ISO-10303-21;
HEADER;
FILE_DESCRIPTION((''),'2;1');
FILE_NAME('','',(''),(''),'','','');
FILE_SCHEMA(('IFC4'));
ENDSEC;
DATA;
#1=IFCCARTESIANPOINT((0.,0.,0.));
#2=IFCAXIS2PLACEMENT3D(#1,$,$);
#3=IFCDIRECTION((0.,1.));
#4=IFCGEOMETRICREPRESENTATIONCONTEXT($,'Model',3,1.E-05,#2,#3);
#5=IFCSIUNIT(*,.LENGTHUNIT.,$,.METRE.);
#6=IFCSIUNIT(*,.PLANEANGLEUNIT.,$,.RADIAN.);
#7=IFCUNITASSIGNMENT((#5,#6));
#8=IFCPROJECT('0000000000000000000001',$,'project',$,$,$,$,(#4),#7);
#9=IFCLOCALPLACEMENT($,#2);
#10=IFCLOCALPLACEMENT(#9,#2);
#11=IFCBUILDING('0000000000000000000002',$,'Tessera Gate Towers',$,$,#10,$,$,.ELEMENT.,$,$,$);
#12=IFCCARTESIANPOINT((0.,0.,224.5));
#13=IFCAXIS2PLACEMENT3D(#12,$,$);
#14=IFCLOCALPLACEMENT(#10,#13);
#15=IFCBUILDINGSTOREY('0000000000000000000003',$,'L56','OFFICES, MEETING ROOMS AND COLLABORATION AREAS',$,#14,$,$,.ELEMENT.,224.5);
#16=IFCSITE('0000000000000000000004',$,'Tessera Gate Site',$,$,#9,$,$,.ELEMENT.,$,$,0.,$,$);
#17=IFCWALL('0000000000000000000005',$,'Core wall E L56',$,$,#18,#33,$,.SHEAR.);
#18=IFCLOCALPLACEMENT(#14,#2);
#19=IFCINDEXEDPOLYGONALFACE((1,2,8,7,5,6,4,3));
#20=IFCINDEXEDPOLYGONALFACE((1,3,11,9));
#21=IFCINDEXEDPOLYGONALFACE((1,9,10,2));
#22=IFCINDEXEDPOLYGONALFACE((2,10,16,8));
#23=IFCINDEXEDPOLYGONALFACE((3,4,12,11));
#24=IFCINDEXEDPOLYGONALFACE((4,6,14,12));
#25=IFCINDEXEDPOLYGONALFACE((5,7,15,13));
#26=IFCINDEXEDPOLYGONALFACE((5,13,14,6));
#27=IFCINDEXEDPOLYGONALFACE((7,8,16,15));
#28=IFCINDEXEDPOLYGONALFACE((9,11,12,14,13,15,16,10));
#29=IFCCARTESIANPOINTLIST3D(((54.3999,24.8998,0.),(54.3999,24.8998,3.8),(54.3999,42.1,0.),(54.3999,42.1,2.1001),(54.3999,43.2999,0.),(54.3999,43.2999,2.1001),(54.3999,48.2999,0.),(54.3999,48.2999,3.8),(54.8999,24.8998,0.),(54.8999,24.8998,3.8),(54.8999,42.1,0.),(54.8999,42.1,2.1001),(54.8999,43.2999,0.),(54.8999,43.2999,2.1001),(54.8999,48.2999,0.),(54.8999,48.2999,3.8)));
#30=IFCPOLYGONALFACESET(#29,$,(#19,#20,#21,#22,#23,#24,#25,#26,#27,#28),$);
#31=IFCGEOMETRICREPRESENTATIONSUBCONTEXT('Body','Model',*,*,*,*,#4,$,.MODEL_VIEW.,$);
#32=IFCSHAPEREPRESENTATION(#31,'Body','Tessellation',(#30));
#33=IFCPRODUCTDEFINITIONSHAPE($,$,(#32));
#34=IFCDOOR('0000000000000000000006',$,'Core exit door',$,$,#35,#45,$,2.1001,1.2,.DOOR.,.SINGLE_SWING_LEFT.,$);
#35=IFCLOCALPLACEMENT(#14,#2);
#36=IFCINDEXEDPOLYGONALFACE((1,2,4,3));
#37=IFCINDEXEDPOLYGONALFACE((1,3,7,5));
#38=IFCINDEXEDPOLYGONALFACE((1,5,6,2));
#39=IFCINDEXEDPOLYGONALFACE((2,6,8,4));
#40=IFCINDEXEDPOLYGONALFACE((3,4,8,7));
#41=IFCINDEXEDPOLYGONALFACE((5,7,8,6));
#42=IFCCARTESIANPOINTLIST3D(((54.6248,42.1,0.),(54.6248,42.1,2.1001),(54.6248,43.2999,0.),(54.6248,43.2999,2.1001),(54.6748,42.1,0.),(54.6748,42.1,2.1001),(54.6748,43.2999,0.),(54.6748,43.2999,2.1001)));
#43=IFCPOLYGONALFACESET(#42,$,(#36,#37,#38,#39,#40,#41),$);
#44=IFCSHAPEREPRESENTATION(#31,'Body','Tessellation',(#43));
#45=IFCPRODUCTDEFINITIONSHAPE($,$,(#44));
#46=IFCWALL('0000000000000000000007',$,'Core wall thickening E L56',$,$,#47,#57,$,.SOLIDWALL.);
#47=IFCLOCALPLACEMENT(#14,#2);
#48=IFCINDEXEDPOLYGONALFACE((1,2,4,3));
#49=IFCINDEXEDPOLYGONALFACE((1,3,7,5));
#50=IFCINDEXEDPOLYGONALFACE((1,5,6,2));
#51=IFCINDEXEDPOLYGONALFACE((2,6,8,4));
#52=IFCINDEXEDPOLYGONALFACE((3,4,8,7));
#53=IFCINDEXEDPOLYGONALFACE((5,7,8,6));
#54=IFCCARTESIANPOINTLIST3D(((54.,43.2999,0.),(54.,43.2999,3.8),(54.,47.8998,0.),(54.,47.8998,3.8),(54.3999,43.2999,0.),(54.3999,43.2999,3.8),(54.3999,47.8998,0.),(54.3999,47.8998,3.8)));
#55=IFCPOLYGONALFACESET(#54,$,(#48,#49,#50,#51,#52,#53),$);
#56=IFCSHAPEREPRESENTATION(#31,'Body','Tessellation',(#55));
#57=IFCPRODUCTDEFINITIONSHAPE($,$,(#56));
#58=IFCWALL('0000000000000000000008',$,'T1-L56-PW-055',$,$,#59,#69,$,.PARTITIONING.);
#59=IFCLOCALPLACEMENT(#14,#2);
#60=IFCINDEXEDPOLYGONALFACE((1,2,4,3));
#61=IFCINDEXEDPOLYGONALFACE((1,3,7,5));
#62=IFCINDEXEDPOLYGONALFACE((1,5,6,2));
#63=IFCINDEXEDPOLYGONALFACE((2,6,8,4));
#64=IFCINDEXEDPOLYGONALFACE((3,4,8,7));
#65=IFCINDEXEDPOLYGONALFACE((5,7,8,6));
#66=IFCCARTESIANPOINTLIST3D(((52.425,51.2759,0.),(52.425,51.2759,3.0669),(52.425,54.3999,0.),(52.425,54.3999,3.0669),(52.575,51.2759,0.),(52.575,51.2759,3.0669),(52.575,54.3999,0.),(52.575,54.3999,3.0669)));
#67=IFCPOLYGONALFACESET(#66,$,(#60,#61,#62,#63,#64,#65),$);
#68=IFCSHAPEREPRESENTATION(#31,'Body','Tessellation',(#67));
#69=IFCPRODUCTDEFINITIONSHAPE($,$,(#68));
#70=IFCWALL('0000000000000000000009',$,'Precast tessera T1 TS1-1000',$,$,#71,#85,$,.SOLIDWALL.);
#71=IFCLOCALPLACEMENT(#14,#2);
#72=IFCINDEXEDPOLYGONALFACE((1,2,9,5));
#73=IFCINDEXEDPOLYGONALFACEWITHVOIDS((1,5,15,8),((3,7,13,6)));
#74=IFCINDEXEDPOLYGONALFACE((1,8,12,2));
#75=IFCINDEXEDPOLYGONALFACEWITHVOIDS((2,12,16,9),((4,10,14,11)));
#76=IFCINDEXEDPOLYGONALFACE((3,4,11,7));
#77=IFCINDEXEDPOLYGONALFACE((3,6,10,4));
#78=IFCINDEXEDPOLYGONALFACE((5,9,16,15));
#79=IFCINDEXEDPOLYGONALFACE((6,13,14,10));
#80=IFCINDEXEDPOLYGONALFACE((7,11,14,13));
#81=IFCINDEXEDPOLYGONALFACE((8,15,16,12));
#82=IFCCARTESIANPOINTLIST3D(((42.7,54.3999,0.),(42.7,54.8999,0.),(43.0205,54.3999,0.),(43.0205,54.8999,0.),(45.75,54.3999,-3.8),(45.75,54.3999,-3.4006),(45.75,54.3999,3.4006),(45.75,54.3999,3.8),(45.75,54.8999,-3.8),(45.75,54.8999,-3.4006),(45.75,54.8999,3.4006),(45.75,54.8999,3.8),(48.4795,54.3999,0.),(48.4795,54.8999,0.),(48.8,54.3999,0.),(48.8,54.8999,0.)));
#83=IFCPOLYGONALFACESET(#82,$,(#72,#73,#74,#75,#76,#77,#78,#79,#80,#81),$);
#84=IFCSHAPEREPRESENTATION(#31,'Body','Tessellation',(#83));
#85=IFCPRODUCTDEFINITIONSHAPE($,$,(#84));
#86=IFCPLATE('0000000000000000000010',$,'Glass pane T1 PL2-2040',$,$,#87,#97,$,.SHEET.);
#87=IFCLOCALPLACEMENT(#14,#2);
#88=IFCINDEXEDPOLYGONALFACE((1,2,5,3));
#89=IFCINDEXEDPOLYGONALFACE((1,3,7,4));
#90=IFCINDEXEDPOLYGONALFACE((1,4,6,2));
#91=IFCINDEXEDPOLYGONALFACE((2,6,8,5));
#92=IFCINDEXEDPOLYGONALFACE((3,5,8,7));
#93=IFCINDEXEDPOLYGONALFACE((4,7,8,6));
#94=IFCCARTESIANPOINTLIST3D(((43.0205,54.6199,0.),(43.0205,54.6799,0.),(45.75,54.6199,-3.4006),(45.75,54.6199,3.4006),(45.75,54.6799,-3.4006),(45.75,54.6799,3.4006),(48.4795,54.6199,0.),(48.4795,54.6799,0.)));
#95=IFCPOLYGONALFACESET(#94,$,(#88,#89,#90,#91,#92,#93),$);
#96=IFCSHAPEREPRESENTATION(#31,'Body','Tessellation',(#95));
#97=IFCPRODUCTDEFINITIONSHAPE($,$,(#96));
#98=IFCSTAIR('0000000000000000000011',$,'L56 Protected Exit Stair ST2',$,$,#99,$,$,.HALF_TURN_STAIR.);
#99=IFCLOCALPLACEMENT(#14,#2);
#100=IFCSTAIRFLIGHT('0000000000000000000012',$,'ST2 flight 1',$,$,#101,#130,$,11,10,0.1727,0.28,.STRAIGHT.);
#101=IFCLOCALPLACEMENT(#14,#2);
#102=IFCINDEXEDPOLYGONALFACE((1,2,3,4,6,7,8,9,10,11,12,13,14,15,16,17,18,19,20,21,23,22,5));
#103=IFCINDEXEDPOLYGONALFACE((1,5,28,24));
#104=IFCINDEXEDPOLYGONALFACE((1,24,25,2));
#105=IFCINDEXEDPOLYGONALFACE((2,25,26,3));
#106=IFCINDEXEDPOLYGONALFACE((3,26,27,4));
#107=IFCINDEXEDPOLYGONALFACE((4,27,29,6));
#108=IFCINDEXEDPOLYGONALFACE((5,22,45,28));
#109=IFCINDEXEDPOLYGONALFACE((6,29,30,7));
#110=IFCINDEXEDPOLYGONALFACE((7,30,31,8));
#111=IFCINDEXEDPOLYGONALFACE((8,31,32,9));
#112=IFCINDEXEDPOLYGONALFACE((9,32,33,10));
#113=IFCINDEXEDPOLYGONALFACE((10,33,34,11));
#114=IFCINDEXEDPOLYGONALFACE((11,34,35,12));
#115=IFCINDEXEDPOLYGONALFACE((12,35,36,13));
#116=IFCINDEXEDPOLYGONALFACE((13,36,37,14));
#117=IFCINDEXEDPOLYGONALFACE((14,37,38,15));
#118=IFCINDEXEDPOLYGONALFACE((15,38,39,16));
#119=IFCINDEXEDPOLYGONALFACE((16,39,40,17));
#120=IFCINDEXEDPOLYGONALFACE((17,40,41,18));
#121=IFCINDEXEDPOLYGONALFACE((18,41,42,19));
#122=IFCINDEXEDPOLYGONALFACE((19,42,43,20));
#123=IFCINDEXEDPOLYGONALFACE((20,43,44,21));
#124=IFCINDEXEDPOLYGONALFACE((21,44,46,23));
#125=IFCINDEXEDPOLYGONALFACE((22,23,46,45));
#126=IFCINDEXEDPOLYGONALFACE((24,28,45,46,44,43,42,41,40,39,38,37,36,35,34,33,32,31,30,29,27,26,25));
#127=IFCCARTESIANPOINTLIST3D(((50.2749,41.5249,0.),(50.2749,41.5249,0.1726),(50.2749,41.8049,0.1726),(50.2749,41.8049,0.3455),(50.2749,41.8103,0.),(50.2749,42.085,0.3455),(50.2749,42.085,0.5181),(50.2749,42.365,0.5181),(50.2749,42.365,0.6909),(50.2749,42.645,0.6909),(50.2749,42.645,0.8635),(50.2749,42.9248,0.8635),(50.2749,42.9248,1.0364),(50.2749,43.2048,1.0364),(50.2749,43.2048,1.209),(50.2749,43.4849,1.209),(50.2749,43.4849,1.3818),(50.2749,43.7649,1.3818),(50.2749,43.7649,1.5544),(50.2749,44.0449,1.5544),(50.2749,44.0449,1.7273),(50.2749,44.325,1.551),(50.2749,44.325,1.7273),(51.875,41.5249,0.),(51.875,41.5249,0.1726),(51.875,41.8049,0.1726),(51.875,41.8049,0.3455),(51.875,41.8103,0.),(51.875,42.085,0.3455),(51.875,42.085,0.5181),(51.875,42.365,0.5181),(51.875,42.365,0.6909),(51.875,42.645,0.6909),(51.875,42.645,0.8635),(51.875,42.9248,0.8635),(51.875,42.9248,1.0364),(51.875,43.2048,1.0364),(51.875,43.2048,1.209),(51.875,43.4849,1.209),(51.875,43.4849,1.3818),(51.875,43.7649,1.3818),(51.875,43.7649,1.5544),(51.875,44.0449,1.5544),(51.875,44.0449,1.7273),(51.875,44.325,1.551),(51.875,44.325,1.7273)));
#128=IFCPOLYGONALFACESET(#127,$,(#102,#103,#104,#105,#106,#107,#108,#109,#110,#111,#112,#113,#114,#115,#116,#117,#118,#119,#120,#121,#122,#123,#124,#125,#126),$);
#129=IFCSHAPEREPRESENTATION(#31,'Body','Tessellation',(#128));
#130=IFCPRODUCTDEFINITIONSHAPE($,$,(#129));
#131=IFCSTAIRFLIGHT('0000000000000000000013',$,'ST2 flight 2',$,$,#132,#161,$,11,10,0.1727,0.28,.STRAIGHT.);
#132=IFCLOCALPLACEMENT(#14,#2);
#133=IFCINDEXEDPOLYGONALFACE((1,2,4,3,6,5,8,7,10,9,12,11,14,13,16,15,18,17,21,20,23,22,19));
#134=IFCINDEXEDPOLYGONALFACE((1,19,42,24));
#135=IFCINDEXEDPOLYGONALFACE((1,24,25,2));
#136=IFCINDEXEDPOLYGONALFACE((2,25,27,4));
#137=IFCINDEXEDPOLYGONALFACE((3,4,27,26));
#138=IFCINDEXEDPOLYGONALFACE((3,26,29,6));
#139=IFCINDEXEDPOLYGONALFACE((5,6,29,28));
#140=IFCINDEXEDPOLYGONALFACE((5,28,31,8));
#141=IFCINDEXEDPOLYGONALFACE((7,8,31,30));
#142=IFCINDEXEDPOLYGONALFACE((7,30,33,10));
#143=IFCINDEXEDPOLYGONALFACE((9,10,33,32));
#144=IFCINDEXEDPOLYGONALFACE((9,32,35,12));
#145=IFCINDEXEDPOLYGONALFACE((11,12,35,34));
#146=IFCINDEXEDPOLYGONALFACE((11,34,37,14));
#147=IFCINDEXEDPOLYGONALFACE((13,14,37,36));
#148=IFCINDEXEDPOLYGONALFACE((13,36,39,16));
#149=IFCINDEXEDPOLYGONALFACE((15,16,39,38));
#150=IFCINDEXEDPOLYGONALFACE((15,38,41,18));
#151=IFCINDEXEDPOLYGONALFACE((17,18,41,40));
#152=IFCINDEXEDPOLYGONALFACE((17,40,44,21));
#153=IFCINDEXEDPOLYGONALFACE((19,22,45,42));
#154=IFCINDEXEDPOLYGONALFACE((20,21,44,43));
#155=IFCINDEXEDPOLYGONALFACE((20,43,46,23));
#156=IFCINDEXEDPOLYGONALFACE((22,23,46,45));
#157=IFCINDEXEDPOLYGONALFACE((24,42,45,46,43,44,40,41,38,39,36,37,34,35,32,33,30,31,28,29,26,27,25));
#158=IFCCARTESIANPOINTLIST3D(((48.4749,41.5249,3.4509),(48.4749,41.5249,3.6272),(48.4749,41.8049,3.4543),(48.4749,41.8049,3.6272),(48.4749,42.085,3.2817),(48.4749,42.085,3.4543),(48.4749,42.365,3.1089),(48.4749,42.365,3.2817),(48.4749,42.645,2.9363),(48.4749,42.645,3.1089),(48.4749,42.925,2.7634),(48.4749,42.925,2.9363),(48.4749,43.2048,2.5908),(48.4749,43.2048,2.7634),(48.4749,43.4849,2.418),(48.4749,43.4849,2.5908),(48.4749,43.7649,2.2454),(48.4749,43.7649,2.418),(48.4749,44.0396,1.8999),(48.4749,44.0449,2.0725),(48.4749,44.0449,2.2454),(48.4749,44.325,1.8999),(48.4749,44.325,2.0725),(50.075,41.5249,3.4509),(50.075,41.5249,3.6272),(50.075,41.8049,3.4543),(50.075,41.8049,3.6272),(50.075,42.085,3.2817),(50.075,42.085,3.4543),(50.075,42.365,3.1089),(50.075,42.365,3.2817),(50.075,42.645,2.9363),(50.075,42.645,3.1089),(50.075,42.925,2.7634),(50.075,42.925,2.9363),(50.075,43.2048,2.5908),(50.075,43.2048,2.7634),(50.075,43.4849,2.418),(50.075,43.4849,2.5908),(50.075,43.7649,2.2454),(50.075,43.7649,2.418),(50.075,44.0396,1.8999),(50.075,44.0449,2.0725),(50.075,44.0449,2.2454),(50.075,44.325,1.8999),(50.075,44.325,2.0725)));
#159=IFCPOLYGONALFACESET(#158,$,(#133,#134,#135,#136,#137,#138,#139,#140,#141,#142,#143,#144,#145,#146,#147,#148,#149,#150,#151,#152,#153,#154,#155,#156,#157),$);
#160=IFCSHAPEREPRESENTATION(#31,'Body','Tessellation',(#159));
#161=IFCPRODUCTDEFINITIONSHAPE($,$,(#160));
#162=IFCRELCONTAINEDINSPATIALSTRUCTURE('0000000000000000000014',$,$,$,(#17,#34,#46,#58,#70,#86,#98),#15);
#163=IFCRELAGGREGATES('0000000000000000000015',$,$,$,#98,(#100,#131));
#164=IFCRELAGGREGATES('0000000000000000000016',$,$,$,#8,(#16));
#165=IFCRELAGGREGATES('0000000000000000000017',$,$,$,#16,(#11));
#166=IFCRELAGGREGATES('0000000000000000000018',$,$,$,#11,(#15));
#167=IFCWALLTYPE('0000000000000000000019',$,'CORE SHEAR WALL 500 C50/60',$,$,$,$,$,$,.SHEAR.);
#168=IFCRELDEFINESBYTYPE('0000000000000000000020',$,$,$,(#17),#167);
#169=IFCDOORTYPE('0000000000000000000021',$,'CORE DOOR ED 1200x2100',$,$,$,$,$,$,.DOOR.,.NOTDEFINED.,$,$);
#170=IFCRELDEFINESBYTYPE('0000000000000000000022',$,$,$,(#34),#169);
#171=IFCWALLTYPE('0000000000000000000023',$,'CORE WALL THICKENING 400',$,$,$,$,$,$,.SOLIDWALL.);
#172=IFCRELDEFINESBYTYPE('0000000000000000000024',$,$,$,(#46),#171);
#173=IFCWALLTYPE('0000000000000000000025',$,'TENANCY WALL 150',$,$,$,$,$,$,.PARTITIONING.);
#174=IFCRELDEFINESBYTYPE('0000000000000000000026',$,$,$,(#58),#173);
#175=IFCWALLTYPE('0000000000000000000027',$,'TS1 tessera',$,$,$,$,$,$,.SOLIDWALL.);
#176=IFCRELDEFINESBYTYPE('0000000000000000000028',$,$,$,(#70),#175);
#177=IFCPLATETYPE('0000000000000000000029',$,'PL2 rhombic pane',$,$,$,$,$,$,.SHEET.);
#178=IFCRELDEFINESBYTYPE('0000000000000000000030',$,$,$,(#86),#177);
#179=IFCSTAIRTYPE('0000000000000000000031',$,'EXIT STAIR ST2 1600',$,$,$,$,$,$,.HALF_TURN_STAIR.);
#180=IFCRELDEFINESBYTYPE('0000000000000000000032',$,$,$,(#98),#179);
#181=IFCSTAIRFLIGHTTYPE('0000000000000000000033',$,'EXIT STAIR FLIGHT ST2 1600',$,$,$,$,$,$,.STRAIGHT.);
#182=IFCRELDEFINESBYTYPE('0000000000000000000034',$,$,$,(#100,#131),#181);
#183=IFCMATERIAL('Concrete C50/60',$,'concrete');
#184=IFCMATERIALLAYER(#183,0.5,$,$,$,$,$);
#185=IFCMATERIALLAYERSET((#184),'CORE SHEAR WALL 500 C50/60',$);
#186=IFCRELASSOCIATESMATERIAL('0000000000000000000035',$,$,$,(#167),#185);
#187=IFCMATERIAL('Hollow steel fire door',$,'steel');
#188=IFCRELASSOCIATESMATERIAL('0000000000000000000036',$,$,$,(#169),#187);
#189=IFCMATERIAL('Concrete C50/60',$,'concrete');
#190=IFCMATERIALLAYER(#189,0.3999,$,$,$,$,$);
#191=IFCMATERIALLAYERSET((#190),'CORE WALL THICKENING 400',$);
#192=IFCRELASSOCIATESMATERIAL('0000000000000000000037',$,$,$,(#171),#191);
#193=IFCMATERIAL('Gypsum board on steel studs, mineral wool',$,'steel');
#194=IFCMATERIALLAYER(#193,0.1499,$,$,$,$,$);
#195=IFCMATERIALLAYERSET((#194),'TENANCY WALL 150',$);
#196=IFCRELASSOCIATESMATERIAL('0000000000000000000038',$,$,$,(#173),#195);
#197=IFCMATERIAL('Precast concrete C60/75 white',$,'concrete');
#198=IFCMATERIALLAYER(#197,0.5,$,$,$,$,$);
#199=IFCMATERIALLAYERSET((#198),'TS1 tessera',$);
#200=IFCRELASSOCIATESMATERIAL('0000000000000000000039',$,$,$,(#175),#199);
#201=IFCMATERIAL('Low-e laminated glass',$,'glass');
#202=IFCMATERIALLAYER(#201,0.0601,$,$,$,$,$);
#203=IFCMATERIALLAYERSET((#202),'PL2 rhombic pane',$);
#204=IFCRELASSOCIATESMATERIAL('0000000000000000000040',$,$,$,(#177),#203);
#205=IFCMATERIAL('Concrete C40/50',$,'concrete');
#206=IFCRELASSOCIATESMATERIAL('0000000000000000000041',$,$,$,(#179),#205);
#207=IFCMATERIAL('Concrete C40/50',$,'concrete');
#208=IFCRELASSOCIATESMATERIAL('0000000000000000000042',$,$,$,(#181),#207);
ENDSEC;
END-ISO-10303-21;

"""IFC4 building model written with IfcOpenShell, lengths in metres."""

from ifc_helpers import new_model, si_unit, direction, frame, frame_2d, origin, place, context, subcontext, project, spatial, polyline, rectangle, outline, extrude, source, transform, mapped, material, layer, layer_set, type_object, element, fill, aggregate, save


model = new_model("IFC4")

# Units and contexts
model_context = context("Model", 3, precision=1e-05, world=origin(), true_north=direction((0.0, 1.0)))
body_context = subcontext(model_context, "Body", "Model", "MODEL_VIEW")
ifc_project = project(units=[si_unit("LENGTHUNIT", "METRE"), si_unit("PLANEANGLEUNIT", "RADIAN")], contexts=[model_context])

# Site, building, storey
site_placement = place(None, origin())
site = spatial("IfcSite", under=ifc_project, at=site_placement, Name="Tessera Gate Site", CompositionType="ELEMENT", RefElevation=0.0)
building_placement = place(site_placement, origin())
building = spatial("IfcBuilding", under=site, at=building_placement, Name="Tessera Gate Towers", CompositionType="ELEMENT")
storey_placement = place(building_placement, frame((0.0, 0.0, 224.5)))
storey = spatial("IfcBuildingStorey", under=building, at=storey_placement, Name="L56", Description="OFFICES, MEETING ROOMS AND COLLABORATION AREAS", CompositionType="ELEMENT", Elevation=224.5)

# Shared definitions
shared_shape_1 = source(origin(), body_context, "Body", "SweptSolid", [
    extrude(rectangle(XDim=1.2, YDim=2.1001, at=frame_2d((0.6001, 1.05))), frame((0.0, 0.0249, 0.0), z_axis=(0.0, -1.0, 0.0), x_axis=(1.0, 0.0, 0.0)), (0.0, 0.0, 1.0), 0.05),
])

# Wall, opening, door
ifc_material_1 = material(Name="Concrete C50/60", Category="concrete")
ifc_layer_1 = layer(ifc_material_1, 0.5)
ifc_layer_set_1 = layer_set([ifc_layer_1], Name="CORE SHEAR WALL 500 C50/60")
wall_type_1 = type_object("IfcWallType", Name="CORE SHEAR WALL 500 C50/60", PredefinedType="SHEAR", material=ifc_layer_set_1)
wall_1_placement = place(storey_placement, frame((54.6499, 48.3, 0.0), z_axis=(0.0, 0.0, 1.0), x_axis=(0.0, -1.0, 0.0)))
wall_1 = element("IfcWall", 1, at=wall_1_placement, inside=storey, type_object=wall_type_1, Name="Core wall E L56", PredefinedType="SHEAR", context=body_context, shape_type="SweptSolid", body=[
    extrude(rectangle(XDim=23.4001, YDim=0.5, at=frame_2d((11.7002, 0.0))), origin(), (0.0, 0.0, 1.0), 3.8),
])
shared_shape_2 = source(origin(), body_context, "Body", "SweptSolid", [
    extrude(rectangle(XDim=1.2, YDim=2.1001, at=frame_2d((0.6001, 1.05))), frame((0.0, 0.26, 0.0), z_axis=(0.0, -1.0, 0.0), x_axis=(1.0, 0.0, 0.0)), (0.0, 0.0, 1.0), 0.52),
])
opening_1_placement = place(wall_1_placement, frame((5.0, 0.0, 0.0)))
opening_1 = element("IfcOpeningElement", 2, at=opening_1_placement, cuts=wall_1, PredefinedType="OPENING", context=body_context, shape_type="MappedRepresentation", body=[
    mapped(shared_shape_2, transform((0.0, 0.0, 0.0), scale=1.0)),
])
ifc_material_2 = material(Name="Hollow steel fire door", Category="steel")
door_type_1 = type_object("IfcDoorType", Name="CORE DOOR ED 1200x2100", OperationType="NOTDEFINED", PredefinedType="DOOR", material=ifc_material_2)
door_1_placement = place(opening_1_placement, origin())
door_1 = element("IfcDoor", 3, at=door_1_placement, inside=storey, type_object=door_type_1, Name="Core exit door", OperationType="SINGLE_SWING_LEFT", OverallHeight=2.1001, OverallWidth=1.2, PredefinedType="DOOR", context=body_context, shape_type="MappedRepresentation", body=[
    mapped(shared_shape_1, transform((0.0, 0.0, 0.0), scale=1.0)),
])
fill(opening_1, door_1)

# Walls
ifc_material_3 = material(Name="Concrete C50/60", Category="concrete")
ifc_layer_2 = layer(ifc_material_3, 0.3999)
ifc_layer_set_2 = layer_set([ifc_layer_2], Name="CORE WALL THICKENING 400")
wall_type_2 = type_object("IfcWallType", Name="CORE WALL THICKENING 400", PredefinedType="SOLIDWALL", material=ifc_layer_set_2)
wall_2_placement = place(storey_placement, frame((54.2, 43.3, 0.0), z_axis=(0.0, 0.0, 1.0), x_axis=(0.0, 1.0, 0.0)))
element("IfcWall", 4, at=wall_2_placement, inside=storey, type_object=wall_type_2, Name="Core wall thickening E L56", PredefinedType="SOLIDWALL", context=body_context, shape_type="SweptSolid", body=[
    extrude(rectangle(XDim=4.5999, YDim=0.3999, at=frame_2d((2.2998, 0.0))), origin(), (0.0, 0.0, 1.0), 3.8),
])
ifc_material_4 = material(Name="Gypsum board on steel studs, mineral wool", Category="steel")
ifc_layer_3 = layer(ifc_material_4, 0.1499)
ifc_layer_set_3 = layer_set([ifc_layer_3], Name="TENANCY WALL 150")
wall_type_3 = type_object("IfcWallType", Name="TENANCY WALL 150", PredefinedType="PARTITIONING", material=ifc_layer_set_3)
wall_3_placement = place(storey_placement, frame((52.5, 51.2759, 0.0), z_axis=(0.0, 0.0, 1.0), x_axis=(0.0, 1.0, 0.0)))
element("IfcWall", 5, at=wall_3_placement, inside=storey, type_object=wall_type_3, Name="T1-L56-PW-055", PredefinedType="PARTITIONING", context=body_context, shape_type="SweptSolid", body=[
    extrude(rectangle(XDim=3.124, YDim=0.1499, at=frame_2d((1.562, 0.0))), origin(), (0.0, 0.0, 1.0), 3.0669),
])

# Wall, opening, plate
ifc_material_5 = material(Name="Precast concrete C60/75 white", Category="concrete")
ifc_layer_4 = layer(ifc_material_5, 0.5)
ifc_layer_set_4 = layer_set([ifc_layer_4], Name="TS1 tessera")
wall_type_4 = type_object("IfcWallType", Name="TS1 tessera", PredefinedType="SOLIDWALL", material=ifc_layer_set_4)
shared_shape_3 = source(origin(), body_context, "Body", "SweptSolid", [
    extrude(outline(polyline([(3.05, 0.0), (6.1001, 3.8), (3.05, 7.6001), (0.0, 3.8), (3.05, 0.0)])), frame((0.0, 0.25, 0.0), z_axis=(0.0, -1.0, 0.0), x_axis=(1.0, 0.0, 0.0)), (0.0, 0.0, 1.0), 0.5),
])
wall_4_placement = place(storey_placement, frame((48.8, 54.6499, -3.8), z_axis=(0.0, 0.0, 1.0), x_axis=(-1.0, 0.0, 0.0)))
wall_4 = element("IfcWall", 6, at=wall_4_placement, inside=storey, type_object=wall_type_4, Name="Precast tessera T1 TS1-1000", PredefinedType="SOLIDWALL", context=body_context, shape_type="MappedRepresentation", body=[
    mapped(shared_shape_3, transform((0.0, 0.0, 0.0), scale=1.0)),
])
shared_shape_4 = source(origin(), body_context, "Body", "SweptSolid", [
    extrude(outline(polyline([(3.05, 0.3994), (5.7795, 3.8), (3.05, 7.2007), (0.3206, 3.8), (3.05, 0.3994)])), frame((0.0, 0.26, 0.0), z_axis=(0.0, -1.0, 0.0), x_axis=(1.0, 0.0, 0.0)), (0.0, 0.0, 1.0), 0.52),
])
opening_2_placement = place(wall_4_placement, origin())
opening_2 = element("IfcOpeningElement", 7, at=opening_2_placement, cuts=wall_4, PredefinedType="OPENING", context=body_context, shape_type="MappedRepresentation", body=[
    mapped(shared_shape_4, transform((0.0, 0.0, 0.0), scale=1.0)),
])
ifc_material_6 = material(Name="Low-e laminated glass", Category="glass")
ifc_layer_5 = layer(ifc_material_6, 0.0601)
ifc_layer_set_5 = layer_set([ifc_layer_5], Name="PL2 rhombic pane")
plate_type = type_object("IfcPlateType", Name="PL2 rhombic pane", PredefinedType="SHEET", material=ifc_layer_set_5)
shared_shape_5 = source(origin(), body_context, "Body", "SweptSolid", [
    extrude(outline(polyline([(3.05, 0.3994), (5.7795, 3.8), (3.05, 7.2007), (0.3206, 3.8), (3.05, 0.3994)])), frame((0.0, 0.03, 0.0), z_axis=(0.0, -1.0, 0.0), x_axis=(1.0, 0.0, 0.0)), (0.0, 0.0, 1.0), 0.0601),
])
plate_placement = place(opening_2_placement, origin())
plate = element("IfcPlate", 8, at=plate_placement, inside=storey, type_object=plate_type, Name="Glass pane T1 PL2-2040", PredefinedType="SHEET", context=body_context, shape_type="MappedRepresentation", body=[
    mapped(shared_shape_5, transform((0.0, 0.0, 0.0), scale=1.0)),
])
fill(opening_2, plate)

# Stair, stair flights
ifc_material_7 = material(Name="Concrete C40/50", Category="concrete")
stair_type = type_object("IfcStairType", Name="EXIT STAIR ST2 1600", PredefinedType="HALF_TURN_STAIR", material=ifc_material_7)
stair_placement = place(storey_placement, origin())
stair = element("IfcStair", 9, at=stair_placement, inside=storey, type_object=stair_type, Name="L56 Protected Exit Stair ST2", PredefinedType="HALF_TURN_STAIR")
ifc_material_8 = material(Name="Concrete C40/50", Category="concrete")
stair_flight_type = type_object("IfcStairFlightType", Name="EXIT STAIR FLIGHT ST2 1600", PredefinedType="STRAIGHT", material=ifc_material_8)
stair_flight_1_placement = place(storey_placement, frame((51.075, 41.5249, 0.0), z_axis=(0.0, 0.0, 1.0), x_axis=(0.0, 1.0, 0.0)))
stair_flight_1 = element("IfcStairFlight", 10, at=stair_flight_1_placement, type_object=stair_flight_type, Name="ST2 flight 1", NumberOfRisers=11, NumberOfTreads=10, PredefinedType="STRAIGHT", RiserHeight=0.1727, TreadLength=0.28, context=body_context, shape_type="SweptSolid", body=[
    extrude(outline(polyline([(0.0, 0.0), (0.0, 0.1726), (0.28, 0.1726), (0.28, 0.3455), (0.5601, 0.3455), (0.5601, 0.5181), (0.8401, 0.5181), (0.8401, 0.6909), (1.1201, 0.6909), (1.1201, 0.8635), (1.3999, 0.8635), (1.3999, 1.0364), (1.6799, 1.0364), (1.6799, 1.209), (1.96, 1.209), (1.96, 1.3818), (2.24, 1.3818), (2.24, 1.5544), (2.52, 1.5544), (2.52, 1.7273), (2.8, 1.7273), (2.8, 1.8999), (2.8, 1.551), (0.2854, 0.0), (0.0, 0.0)])), frame((0.0, 0.8, 0.0), z_axis=(0.0, -1.0, 0.0), x_axis=(1.0, 0.0, 0.0)), (0.0, 0.0, 1.0), 1.6001),
])
stair_flight_2_placement = place(storey_placement, frame((49.2749, 44.325, 1.8999), z_axis=(0.0, 0.0, 1.0), x_axis=(0.0, -1.0, 0.0)))
stair_flight_2 = element("IfcStairFlight", 11, at=stair_flight_2_placement, type_object=stair_flight_type, Name="ST2 flight 2", NumberOfRisers=11, NumberOfTreads=10, PredefinedType="STRAIGHT", RiserHeight=0.1727, TreadLength=0.28, context=body_context, shape_type="SweptSolid", body=[
    extrude(outline(polyline([(0.0, 0.0), (0.0, 0.1726), (0.28, 0.1726), (0.28, 0.3455), (0.5601, 0.3455), (0.5601, 0.5181), (0.8401, 0.5181), (0.8401, 0.6909), (1.1201, 0.6909), (1.1201, 0.8635), (1.3999, 0.8635), (1.3999, 1.0364), (1.6799, 1.0364), (1.6799, 1.209), (1.96, 1.209), (1.96, 1.3818), (2.24, 1.3818), (2.24, 1.5544), (2.52, 1.5544), (2.52, 1.7273), (2.8, 1.7273), (2.8, 1.8999), (2.8, 1.551), (0.2854, 0.0), (0.0, 0.0)])), frame((0.0, 0.8, 0.0), z_axis=(0.0, -1.0, 0.0), x_axis=(1.0, 0.0, 0.0)), (0.0, 0.0, 1.0), 1.6001),
])
aggregate(stair, [stair_flight_1, stair_flight_2])

save(model, "model.ifc")
